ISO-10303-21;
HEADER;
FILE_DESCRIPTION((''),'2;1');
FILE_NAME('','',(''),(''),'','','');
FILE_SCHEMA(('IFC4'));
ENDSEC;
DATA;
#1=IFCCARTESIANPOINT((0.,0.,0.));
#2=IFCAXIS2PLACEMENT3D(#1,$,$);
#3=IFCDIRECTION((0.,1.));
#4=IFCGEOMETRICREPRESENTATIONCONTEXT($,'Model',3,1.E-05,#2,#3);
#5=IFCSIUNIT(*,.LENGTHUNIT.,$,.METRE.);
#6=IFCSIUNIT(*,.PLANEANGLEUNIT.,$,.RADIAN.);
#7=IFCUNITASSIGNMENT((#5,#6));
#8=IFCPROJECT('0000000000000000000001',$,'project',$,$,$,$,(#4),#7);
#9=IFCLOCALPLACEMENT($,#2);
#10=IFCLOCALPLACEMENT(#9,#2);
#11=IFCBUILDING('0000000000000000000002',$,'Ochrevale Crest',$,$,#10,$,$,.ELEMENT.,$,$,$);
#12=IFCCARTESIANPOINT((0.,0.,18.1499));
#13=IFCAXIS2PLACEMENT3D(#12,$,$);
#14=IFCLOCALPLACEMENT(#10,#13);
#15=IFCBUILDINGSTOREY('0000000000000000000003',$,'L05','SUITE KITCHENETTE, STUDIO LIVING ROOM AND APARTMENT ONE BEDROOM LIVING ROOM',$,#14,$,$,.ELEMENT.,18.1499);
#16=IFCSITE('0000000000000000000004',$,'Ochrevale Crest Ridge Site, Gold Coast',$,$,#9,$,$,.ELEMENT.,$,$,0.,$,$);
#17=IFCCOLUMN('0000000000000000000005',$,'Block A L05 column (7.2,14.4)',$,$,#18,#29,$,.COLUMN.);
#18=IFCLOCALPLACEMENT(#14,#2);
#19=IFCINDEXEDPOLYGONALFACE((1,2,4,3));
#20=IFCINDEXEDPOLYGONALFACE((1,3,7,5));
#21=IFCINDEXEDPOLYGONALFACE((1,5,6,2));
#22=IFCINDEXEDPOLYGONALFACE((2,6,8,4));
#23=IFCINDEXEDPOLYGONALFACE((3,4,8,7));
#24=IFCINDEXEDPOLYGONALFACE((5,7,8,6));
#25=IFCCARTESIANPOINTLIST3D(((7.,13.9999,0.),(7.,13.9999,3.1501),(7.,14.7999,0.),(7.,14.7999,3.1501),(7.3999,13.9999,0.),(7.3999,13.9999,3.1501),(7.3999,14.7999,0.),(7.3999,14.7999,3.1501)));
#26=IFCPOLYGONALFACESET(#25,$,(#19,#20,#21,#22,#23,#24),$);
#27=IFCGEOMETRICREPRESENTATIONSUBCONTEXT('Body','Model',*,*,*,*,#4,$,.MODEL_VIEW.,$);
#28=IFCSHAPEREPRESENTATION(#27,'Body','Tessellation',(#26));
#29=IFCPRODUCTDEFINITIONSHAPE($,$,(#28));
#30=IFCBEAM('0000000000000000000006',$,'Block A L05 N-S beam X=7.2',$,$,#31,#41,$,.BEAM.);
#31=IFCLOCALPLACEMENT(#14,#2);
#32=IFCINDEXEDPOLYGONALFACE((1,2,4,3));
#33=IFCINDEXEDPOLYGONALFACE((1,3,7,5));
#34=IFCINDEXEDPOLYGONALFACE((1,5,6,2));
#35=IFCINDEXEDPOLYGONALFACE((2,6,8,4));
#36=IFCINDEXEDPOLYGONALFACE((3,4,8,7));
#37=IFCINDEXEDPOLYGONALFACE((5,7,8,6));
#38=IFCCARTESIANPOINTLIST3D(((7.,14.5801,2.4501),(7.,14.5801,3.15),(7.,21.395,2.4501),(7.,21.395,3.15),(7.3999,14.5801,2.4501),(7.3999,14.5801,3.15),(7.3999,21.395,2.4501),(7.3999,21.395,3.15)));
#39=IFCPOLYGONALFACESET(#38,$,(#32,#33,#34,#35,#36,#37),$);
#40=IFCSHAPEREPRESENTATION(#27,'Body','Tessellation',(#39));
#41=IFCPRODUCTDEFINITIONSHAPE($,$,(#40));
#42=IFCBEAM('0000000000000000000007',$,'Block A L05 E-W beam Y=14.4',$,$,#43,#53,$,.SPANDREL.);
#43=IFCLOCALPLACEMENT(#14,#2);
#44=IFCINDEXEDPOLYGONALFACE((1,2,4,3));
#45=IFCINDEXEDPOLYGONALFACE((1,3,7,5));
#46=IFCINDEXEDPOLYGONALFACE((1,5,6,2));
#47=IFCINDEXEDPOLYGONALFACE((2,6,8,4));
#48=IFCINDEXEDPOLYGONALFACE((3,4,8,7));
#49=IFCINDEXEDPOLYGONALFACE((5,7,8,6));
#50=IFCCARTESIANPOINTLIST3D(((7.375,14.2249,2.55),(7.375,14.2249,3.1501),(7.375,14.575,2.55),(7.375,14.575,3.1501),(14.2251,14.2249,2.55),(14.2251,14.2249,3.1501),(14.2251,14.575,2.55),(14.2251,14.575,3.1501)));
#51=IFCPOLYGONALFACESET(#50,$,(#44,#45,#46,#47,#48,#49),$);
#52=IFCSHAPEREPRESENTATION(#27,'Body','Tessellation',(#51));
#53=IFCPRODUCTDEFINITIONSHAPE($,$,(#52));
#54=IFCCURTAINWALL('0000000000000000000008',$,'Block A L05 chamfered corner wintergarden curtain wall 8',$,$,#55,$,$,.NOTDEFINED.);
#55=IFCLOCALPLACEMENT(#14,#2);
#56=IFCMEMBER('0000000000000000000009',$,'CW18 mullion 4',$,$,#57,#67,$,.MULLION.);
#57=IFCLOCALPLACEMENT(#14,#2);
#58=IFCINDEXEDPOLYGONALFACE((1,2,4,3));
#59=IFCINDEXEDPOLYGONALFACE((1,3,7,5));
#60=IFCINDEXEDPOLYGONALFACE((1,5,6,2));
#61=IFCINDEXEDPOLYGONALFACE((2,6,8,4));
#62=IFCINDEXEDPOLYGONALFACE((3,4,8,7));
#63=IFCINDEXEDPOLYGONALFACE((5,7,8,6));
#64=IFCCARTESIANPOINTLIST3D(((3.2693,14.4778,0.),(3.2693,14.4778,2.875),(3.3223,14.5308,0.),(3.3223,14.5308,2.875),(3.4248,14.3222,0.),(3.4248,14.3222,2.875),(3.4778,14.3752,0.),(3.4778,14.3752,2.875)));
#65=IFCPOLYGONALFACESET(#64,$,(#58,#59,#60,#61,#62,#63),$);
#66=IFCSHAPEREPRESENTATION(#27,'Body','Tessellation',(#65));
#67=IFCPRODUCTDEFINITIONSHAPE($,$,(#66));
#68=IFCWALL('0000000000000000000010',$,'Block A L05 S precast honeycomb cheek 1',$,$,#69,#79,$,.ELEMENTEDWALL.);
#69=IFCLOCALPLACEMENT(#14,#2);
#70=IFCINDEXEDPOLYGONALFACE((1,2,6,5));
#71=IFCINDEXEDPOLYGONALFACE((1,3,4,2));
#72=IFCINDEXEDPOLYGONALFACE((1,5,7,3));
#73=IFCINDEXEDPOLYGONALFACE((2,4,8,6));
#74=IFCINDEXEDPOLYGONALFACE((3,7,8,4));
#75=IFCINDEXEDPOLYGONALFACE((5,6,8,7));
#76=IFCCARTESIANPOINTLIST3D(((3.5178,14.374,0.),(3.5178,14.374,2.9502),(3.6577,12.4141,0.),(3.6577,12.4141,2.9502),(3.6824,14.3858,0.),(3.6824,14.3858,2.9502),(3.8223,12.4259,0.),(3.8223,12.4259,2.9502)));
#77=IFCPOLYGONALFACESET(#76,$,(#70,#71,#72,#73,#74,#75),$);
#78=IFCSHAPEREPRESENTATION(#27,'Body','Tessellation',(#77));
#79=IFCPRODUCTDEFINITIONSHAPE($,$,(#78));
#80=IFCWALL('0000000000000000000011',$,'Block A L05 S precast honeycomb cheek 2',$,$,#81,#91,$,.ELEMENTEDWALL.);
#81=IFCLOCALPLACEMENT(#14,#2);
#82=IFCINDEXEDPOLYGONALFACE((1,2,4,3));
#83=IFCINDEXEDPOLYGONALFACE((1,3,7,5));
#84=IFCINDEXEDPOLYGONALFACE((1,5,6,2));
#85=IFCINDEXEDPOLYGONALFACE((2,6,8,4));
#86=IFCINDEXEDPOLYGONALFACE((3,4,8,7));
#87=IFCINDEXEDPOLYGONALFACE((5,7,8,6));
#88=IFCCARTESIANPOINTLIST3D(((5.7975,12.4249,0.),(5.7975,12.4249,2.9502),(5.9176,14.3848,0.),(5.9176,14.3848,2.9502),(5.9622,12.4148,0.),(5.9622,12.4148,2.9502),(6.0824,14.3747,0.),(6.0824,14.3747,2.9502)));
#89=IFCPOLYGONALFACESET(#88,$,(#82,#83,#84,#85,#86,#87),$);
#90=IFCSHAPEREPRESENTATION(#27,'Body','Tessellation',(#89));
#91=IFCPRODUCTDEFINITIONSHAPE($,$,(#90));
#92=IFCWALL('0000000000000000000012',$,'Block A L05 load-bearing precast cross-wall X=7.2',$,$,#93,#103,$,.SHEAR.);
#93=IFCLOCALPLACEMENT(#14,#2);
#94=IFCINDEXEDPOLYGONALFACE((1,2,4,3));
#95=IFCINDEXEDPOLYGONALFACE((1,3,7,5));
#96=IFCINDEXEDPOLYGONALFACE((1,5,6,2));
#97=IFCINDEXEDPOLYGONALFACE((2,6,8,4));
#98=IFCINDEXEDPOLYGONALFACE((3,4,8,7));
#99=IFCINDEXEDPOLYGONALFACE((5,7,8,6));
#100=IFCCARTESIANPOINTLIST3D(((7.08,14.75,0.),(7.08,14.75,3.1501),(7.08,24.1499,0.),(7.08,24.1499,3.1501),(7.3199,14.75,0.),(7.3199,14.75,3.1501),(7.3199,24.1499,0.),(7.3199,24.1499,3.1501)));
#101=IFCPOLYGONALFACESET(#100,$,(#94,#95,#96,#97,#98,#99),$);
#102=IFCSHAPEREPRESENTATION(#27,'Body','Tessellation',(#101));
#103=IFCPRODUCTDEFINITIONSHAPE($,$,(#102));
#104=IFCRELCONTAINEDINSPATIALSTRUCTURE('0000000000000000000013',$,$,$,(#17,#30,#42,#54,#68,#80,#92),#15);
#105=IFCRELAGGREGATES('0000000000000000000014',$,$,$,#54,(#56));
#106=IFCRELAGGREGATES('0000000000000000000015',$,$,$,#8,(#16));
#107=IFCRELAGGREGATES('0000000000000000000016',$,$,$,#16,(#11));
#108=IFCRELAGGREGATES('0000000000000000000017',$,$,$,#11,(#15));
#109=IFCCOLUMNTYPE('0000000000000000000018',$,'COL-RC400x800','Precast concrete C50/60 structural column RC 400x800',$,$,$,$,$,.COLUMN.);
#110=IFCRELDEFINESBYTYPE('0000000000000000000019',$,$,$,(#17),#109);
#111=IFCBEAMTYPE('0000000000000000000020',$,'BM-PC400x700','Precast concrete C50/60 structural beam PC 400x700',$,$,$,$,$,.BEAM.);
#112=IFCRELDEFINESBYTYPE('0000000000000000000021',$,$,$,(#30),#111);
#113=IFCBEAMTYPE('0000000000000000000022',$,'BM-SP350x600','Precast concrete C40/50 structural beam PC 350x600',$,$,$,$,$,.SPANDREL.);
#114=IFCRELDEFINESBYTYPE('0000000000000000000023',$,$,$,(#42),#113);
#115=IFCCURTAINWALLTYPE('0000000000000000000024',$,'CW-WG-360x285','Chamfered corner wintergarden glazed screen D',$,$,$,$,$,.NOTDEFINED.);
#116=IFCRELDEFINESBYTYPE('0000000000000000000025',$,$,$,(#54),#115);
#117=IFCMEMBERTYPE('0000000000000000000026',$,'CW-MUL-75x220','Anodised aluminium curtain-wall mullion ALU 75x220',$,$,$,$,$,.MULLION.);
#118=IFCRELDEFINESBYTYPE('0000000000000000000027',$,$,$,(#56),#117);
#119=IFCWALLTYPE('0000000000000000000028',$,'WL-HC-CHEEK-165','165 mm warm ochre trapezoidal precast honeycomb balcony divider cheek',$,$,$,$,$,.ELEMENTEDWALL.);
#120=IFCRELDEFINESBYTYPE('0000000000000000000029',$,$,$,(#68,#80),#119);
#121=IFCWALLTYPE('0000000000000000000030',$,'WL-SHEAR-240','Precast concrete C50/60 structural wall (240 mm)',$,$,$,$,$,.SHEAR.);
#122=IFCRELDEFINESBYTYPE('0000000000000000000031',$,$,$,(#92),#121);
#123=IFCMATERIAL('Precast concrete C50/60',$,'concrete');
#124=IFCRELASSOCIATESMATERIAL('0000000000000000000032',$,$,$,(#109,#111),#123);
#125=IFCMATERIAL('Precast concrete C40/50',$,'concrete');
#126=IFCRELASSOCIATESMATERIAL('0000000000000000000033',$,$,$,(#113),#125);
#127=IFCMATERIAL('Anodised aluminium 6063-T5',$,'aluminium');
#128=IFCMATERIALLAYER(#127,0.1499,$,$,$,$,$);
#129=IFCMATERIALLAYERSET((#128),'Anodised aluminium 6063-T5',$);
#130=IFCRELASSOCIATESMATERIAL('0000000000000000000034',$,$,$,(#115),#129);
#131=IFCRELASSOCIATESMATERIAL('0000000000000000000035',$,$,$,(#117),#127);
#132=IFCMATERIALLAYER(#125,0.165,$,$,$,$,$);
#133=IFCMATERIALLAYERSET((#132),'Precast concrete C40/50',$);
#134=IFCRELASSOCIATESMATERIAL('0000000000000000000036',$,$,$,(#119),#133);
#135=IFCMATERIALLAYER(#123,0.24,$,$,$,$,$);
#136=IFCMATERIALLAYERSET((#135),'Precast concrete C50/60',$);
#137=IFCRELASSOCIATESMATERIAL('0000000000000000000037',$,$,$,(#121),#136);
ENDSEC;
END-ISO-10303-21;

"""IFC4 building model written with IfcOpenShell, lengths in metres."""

from ifc_helpers import new_model, si_unit, direction, frame, frame_2d, origin, origin_2d, place, context, subcontext, project, spatial, rectangle, extrude, material, layer, layer_set, material_profile, profile_set, type_object, element, aggregate, save


model = new_model("IFC4")

# Units and contexts
model_context = context("Model", 3, precision=1e-05, world=origin(), true_north=direction((0.0, 1.0)))
body_context = subcontext(model_context, "Body", "Model", "MODEL_VIEW")
ifc_project = project(units=[si_unit("LENGTHUNIT", "METRE"), si_unit("PLANEANGLEUNIT", "RADIAN")], contexts=[model_context])

# Site, building, storey
site_placement = place(None, origin())
site = spatial("IfcSite", under=ifc_project, at=site_placement, Name="Ochrevale Crest Ridge Site, Gold Coast", CompositionType="ELEMENT", RefElevation=0.0)
building_placement = place(site_placement, origin())
building = spatial("IfcBuilding", under=site, at=building_placement, Name="Ochrevale Crest", CompositionType="ELEMENT")
storey_placement = place(building_placement, frame((0.0, 0.0, 18.1499)))
storey = spatial("IfcBuildingStorey", under=building, at=storey_placement, Name="L05", Description="SUITE KITCHENETTE, STUDIO LIVING ROOM AND APARTMENT ONE BEDROOM LIVING ROOM", CompositionType="ELEMENT", Elevation=18.1499)

# Column
ifc_material_1 = material(Name="Precast concrete C50/60", Category="concrete")
ifc_material_profile_1 = material_profile(ifc_material_1, rectangle(XDim=0.3999, YDim=0.8, at=origin_2d()), Name="RC 400x800")
ifc_profile_set_1 = profile_set([ifc_material_profile_1], Name="Precast concrete C50/60")
column_type = type_object("IfcColumnType", Name="COL-RC400x800", Description="Precast concrete C50/60 structural column RC 400x800", PredefinedType="COLUMN", material=ifc_profile_set_1)
column_placement = place(storey_placement, frame((7.2, 14.3999, 0.0), z_axis=(0.0, 0.0, 1.0), x_axis=(1.0, 0.0, 0.0)))
element("IfcColumn", 1, at=column_placement, inside=storey, type_object=column_type, Name="Block A L05 column (7.2,14.4)", PredefinedType="COLUMN", context=body_context, shape_type="SweptSolid", body=[
    extrude(rectangle(XDim=0.3999, YDim=0.8, at=origin_2d()), origin(), (0.0, 0.0, 1.0), 3.1501),
])

# Beams
ifc_material_profile_2 = material_profile(ifc_material_1, rectangle(XDim=0.3999, YDim=0.7, at=origin_2d()), Name="PC 400x700")
ifc_profile_set_2 = profile_set([ifc_material_profile_2], Name="Precast concrete C50/60")
beam_type_1 = type_object("IfcBeamType", Name="BM-PC400x700", Description="Precast concrete C50/60 structural beam PC 400x700", PredefinedType="BEAM", material=ifc_profile_set_2)
beam_1_placement = place(storey_placement, frame((7.2, 14.5801, 2.8), z_axis=(0.0, 1.0, 0.0), x_axis=(-1.0, 0.0, 0.0)))
element("IfcBeam", 2, at=beam_1_placement, inside=storey, type_object=beam_type_1, Name="Block A L05 N-S beam X=7.2", PredefinedType="BEAM", context=body_context, shape_type="SweptSolid", body=[
    extrude(rectangle(XDim=0.3999, YDim=0.7, at=origin_2d()), origin(), (0.0, 0.0, 1.0), 6.8149),
])
ifc_material_2 = material(Name="Precast concrete C40/50", Category="concrete")
ifc_material_profile_3 = material_profile(ifc_material_2, rectangle(XDim=0.3501, YDim=0.6001, at=origin_2d()), Name="PC 350x600")
ifc_profile_set_3 = profile_set([ifc_material_profile_3], Name="Precast concrete C40/50")
beam_type_2 = type_object("IfcBeamType", Name="BM-SP350x600", Description="Precast concrete C40/50 structural beam PC 350x600", PredefinedType="SPANDREL", material=ifc_profile_set_3)
beam_2_placement = place(storey_placement, frame((7.375, 14.3999, 2.8501), z_axis=(1.0, 0.0, 0.0), x_axis=(0.0, 1.0, 0.0)))
element("IfcBeam", 3, at=beam_2_placement, inside=storey, type_object=beam_type_2, Name="Block A L05 E-W beam Y=14.4", PredefinedType="SPANDREL", context=body_context, shape_type="SweptSolid", body=[
    extrude(rectangle(XDim=0.3501, YDim=0.6001, at=origin_2d()), origin(), (0.0, 0.0, 1.0), 6.8501),
])

# Curtain wall, member
ifc_material_3 = material(Name="Anodised aluminium 6063-T5", Category="aluminium")
ifc_layer_1 = layer(ifc_material_3, 0.1499)
ifc_layer_set_1 = layer_set([ifc_layer_1], Name="Anodised aluminium 6063-T5")
curtain_wall_type = type_object("IfcCurtainWallType", Name="CW-WG-360x285", Description="Chamfered corner wintergarden glazed screen D", PredefinedType="NOTDEFINED", material=ifc_layer_set_1)
curtain_wall_placement = place(storey_placement, origin())
curtain_wall = element("IfcCurtainWall", 4, at=curtain_wall_placement, inside=storey, type_object=curtain_wall_type, Name="Block A L05 chamfered corner wintergarden curtain wall 8", PredefinedType="NOTDEFINED")
ifc_material_profile_4 = material_profile(ifc_material_3, rectangle(XDim=0.075, YDim=0.22, at=origin_2d()), Name="ALU 75x220")
ifc_profile_set_4 = profile_set([ifc_material_profile_4], Name="Anodised aluminium 6063-T5")
member_type = type_object("IfcMemberType", Name="CW-MUL-75x220", Description="Anodised aluminium curtain-wall mullion ALU 75x220", PredefinedType="MULLION", material=ifc_profile_set_4)
member_placement = place(storey_placement, frame((3.3735, 14.4265, 0.0), z_axis=(0.0, 0.0, 1.0), x_axis=(0.707107, 0.707107, 0.0)))
member = element("IfcMember", 5, at=member_placement, type_object=member_type, Name="CW18 mullion 4", PredefinedType="MULLION", context=body_context, shape_type="SweptSolid", body=[
    extrude(rectangle(XDim=0.075, YDim=0.22, at=origin_2d()), origin(), (0.0, 0.0, 1.0), 2.875),
])
aggregate(curtain_wall, [member])

# Walls
ifc_layer_2 = layer(ifc_material_2, 0.165)
ifc_layer_set_2 = layer_set([ifc_layer_2], Name="Precast concrete C40/50")
wall_type_1 = type_object("IfcWallType", Name="WL-HC-CHEEK-165", Description="165 mm warm ochre trapezoidal precast honeycomb balcony divider cheek", PredefinedType="ELEMENTEDWALL", material=ifc_layer_set_2)
wall_1_placement = place(storey_placement, frame((3.6001, 14.3799, 0.0), z_axis=(0.0, 0.0, 1.0), x_axis=(0.071194, -0.997462, 0.0)))
element("IfcWall", 6, at=wall_1_placement, inside=storey, type_object=wall_type_1, Name="Block A L05 S precast honeycomb cheek 1", PredefinedType="ELEMENTEDWALL", context=body_context, shape_type="SweptSolid", body=[
    extrude(rectangle(XDim=1.9648, YDim=0.165, at=frame_2d((0.9824, 0.0))), origin(), (0.0, 0.0, 1.0), 2.9502),
])
wall_2_placement = place(storey_placement, frame((6.0, 14.3799, 0.0), z_axis=(0.0, 0.0, 1.0), x_axis=(-0.061171, -0.998127, 0.0)))
element("IfcWall", 7, at=wall_2_placement, inside=storey, type_object=wall_type_1, Name="Block A L05 S precast honeycomb cheek 2", PredefinedType="ELEMENTEDWALL", context=body_context, shape_type="SweptSolid", body=[
    extrude(rectangle(XDim=1.9636, YDim=0.165, at=frame_2d((0.9819, 0.0))), origin(), (0.0, 0.0, 1.0), 2.9502),
])
ifc_layer_3 = layer(ifc_material_1, 0.24)
ifc_layer_set_3 = layer_set([ifc_layer_3], Name="Precast concrete C50/60")
wall_type_2 = type_object("IfcWallType", Name="WL-SHEAR-240", Description="Precast concrete C50/60 structural wall (240 mm)", PredefinedType="SHEAR", material=ifc_layer_set_3)
wall_3_placement = place(storey_placement, frame((7.2, 14.75, 0.0), z_axis=(0.0, 0.0, 1.0), x_axis=(0.0, 1.0, 0.0)))
element("IfcWall", 8, at=wall_3_placement, inside=storey, type_object=wall_type_2, Name="Block A L05 load-bearing precast cross-wall X=7.2", PredefinedType="SHEAR", context=body_context, shape_type="SweptSolid", body=[
    extrude(rectangle(XDim=9.3999, YDim=0.24, at=frame_2d((4.7, 0.0))), origin(), (0.0, 0.0, 1.0), 3.1501),
])

save(model, "model.ifc")
